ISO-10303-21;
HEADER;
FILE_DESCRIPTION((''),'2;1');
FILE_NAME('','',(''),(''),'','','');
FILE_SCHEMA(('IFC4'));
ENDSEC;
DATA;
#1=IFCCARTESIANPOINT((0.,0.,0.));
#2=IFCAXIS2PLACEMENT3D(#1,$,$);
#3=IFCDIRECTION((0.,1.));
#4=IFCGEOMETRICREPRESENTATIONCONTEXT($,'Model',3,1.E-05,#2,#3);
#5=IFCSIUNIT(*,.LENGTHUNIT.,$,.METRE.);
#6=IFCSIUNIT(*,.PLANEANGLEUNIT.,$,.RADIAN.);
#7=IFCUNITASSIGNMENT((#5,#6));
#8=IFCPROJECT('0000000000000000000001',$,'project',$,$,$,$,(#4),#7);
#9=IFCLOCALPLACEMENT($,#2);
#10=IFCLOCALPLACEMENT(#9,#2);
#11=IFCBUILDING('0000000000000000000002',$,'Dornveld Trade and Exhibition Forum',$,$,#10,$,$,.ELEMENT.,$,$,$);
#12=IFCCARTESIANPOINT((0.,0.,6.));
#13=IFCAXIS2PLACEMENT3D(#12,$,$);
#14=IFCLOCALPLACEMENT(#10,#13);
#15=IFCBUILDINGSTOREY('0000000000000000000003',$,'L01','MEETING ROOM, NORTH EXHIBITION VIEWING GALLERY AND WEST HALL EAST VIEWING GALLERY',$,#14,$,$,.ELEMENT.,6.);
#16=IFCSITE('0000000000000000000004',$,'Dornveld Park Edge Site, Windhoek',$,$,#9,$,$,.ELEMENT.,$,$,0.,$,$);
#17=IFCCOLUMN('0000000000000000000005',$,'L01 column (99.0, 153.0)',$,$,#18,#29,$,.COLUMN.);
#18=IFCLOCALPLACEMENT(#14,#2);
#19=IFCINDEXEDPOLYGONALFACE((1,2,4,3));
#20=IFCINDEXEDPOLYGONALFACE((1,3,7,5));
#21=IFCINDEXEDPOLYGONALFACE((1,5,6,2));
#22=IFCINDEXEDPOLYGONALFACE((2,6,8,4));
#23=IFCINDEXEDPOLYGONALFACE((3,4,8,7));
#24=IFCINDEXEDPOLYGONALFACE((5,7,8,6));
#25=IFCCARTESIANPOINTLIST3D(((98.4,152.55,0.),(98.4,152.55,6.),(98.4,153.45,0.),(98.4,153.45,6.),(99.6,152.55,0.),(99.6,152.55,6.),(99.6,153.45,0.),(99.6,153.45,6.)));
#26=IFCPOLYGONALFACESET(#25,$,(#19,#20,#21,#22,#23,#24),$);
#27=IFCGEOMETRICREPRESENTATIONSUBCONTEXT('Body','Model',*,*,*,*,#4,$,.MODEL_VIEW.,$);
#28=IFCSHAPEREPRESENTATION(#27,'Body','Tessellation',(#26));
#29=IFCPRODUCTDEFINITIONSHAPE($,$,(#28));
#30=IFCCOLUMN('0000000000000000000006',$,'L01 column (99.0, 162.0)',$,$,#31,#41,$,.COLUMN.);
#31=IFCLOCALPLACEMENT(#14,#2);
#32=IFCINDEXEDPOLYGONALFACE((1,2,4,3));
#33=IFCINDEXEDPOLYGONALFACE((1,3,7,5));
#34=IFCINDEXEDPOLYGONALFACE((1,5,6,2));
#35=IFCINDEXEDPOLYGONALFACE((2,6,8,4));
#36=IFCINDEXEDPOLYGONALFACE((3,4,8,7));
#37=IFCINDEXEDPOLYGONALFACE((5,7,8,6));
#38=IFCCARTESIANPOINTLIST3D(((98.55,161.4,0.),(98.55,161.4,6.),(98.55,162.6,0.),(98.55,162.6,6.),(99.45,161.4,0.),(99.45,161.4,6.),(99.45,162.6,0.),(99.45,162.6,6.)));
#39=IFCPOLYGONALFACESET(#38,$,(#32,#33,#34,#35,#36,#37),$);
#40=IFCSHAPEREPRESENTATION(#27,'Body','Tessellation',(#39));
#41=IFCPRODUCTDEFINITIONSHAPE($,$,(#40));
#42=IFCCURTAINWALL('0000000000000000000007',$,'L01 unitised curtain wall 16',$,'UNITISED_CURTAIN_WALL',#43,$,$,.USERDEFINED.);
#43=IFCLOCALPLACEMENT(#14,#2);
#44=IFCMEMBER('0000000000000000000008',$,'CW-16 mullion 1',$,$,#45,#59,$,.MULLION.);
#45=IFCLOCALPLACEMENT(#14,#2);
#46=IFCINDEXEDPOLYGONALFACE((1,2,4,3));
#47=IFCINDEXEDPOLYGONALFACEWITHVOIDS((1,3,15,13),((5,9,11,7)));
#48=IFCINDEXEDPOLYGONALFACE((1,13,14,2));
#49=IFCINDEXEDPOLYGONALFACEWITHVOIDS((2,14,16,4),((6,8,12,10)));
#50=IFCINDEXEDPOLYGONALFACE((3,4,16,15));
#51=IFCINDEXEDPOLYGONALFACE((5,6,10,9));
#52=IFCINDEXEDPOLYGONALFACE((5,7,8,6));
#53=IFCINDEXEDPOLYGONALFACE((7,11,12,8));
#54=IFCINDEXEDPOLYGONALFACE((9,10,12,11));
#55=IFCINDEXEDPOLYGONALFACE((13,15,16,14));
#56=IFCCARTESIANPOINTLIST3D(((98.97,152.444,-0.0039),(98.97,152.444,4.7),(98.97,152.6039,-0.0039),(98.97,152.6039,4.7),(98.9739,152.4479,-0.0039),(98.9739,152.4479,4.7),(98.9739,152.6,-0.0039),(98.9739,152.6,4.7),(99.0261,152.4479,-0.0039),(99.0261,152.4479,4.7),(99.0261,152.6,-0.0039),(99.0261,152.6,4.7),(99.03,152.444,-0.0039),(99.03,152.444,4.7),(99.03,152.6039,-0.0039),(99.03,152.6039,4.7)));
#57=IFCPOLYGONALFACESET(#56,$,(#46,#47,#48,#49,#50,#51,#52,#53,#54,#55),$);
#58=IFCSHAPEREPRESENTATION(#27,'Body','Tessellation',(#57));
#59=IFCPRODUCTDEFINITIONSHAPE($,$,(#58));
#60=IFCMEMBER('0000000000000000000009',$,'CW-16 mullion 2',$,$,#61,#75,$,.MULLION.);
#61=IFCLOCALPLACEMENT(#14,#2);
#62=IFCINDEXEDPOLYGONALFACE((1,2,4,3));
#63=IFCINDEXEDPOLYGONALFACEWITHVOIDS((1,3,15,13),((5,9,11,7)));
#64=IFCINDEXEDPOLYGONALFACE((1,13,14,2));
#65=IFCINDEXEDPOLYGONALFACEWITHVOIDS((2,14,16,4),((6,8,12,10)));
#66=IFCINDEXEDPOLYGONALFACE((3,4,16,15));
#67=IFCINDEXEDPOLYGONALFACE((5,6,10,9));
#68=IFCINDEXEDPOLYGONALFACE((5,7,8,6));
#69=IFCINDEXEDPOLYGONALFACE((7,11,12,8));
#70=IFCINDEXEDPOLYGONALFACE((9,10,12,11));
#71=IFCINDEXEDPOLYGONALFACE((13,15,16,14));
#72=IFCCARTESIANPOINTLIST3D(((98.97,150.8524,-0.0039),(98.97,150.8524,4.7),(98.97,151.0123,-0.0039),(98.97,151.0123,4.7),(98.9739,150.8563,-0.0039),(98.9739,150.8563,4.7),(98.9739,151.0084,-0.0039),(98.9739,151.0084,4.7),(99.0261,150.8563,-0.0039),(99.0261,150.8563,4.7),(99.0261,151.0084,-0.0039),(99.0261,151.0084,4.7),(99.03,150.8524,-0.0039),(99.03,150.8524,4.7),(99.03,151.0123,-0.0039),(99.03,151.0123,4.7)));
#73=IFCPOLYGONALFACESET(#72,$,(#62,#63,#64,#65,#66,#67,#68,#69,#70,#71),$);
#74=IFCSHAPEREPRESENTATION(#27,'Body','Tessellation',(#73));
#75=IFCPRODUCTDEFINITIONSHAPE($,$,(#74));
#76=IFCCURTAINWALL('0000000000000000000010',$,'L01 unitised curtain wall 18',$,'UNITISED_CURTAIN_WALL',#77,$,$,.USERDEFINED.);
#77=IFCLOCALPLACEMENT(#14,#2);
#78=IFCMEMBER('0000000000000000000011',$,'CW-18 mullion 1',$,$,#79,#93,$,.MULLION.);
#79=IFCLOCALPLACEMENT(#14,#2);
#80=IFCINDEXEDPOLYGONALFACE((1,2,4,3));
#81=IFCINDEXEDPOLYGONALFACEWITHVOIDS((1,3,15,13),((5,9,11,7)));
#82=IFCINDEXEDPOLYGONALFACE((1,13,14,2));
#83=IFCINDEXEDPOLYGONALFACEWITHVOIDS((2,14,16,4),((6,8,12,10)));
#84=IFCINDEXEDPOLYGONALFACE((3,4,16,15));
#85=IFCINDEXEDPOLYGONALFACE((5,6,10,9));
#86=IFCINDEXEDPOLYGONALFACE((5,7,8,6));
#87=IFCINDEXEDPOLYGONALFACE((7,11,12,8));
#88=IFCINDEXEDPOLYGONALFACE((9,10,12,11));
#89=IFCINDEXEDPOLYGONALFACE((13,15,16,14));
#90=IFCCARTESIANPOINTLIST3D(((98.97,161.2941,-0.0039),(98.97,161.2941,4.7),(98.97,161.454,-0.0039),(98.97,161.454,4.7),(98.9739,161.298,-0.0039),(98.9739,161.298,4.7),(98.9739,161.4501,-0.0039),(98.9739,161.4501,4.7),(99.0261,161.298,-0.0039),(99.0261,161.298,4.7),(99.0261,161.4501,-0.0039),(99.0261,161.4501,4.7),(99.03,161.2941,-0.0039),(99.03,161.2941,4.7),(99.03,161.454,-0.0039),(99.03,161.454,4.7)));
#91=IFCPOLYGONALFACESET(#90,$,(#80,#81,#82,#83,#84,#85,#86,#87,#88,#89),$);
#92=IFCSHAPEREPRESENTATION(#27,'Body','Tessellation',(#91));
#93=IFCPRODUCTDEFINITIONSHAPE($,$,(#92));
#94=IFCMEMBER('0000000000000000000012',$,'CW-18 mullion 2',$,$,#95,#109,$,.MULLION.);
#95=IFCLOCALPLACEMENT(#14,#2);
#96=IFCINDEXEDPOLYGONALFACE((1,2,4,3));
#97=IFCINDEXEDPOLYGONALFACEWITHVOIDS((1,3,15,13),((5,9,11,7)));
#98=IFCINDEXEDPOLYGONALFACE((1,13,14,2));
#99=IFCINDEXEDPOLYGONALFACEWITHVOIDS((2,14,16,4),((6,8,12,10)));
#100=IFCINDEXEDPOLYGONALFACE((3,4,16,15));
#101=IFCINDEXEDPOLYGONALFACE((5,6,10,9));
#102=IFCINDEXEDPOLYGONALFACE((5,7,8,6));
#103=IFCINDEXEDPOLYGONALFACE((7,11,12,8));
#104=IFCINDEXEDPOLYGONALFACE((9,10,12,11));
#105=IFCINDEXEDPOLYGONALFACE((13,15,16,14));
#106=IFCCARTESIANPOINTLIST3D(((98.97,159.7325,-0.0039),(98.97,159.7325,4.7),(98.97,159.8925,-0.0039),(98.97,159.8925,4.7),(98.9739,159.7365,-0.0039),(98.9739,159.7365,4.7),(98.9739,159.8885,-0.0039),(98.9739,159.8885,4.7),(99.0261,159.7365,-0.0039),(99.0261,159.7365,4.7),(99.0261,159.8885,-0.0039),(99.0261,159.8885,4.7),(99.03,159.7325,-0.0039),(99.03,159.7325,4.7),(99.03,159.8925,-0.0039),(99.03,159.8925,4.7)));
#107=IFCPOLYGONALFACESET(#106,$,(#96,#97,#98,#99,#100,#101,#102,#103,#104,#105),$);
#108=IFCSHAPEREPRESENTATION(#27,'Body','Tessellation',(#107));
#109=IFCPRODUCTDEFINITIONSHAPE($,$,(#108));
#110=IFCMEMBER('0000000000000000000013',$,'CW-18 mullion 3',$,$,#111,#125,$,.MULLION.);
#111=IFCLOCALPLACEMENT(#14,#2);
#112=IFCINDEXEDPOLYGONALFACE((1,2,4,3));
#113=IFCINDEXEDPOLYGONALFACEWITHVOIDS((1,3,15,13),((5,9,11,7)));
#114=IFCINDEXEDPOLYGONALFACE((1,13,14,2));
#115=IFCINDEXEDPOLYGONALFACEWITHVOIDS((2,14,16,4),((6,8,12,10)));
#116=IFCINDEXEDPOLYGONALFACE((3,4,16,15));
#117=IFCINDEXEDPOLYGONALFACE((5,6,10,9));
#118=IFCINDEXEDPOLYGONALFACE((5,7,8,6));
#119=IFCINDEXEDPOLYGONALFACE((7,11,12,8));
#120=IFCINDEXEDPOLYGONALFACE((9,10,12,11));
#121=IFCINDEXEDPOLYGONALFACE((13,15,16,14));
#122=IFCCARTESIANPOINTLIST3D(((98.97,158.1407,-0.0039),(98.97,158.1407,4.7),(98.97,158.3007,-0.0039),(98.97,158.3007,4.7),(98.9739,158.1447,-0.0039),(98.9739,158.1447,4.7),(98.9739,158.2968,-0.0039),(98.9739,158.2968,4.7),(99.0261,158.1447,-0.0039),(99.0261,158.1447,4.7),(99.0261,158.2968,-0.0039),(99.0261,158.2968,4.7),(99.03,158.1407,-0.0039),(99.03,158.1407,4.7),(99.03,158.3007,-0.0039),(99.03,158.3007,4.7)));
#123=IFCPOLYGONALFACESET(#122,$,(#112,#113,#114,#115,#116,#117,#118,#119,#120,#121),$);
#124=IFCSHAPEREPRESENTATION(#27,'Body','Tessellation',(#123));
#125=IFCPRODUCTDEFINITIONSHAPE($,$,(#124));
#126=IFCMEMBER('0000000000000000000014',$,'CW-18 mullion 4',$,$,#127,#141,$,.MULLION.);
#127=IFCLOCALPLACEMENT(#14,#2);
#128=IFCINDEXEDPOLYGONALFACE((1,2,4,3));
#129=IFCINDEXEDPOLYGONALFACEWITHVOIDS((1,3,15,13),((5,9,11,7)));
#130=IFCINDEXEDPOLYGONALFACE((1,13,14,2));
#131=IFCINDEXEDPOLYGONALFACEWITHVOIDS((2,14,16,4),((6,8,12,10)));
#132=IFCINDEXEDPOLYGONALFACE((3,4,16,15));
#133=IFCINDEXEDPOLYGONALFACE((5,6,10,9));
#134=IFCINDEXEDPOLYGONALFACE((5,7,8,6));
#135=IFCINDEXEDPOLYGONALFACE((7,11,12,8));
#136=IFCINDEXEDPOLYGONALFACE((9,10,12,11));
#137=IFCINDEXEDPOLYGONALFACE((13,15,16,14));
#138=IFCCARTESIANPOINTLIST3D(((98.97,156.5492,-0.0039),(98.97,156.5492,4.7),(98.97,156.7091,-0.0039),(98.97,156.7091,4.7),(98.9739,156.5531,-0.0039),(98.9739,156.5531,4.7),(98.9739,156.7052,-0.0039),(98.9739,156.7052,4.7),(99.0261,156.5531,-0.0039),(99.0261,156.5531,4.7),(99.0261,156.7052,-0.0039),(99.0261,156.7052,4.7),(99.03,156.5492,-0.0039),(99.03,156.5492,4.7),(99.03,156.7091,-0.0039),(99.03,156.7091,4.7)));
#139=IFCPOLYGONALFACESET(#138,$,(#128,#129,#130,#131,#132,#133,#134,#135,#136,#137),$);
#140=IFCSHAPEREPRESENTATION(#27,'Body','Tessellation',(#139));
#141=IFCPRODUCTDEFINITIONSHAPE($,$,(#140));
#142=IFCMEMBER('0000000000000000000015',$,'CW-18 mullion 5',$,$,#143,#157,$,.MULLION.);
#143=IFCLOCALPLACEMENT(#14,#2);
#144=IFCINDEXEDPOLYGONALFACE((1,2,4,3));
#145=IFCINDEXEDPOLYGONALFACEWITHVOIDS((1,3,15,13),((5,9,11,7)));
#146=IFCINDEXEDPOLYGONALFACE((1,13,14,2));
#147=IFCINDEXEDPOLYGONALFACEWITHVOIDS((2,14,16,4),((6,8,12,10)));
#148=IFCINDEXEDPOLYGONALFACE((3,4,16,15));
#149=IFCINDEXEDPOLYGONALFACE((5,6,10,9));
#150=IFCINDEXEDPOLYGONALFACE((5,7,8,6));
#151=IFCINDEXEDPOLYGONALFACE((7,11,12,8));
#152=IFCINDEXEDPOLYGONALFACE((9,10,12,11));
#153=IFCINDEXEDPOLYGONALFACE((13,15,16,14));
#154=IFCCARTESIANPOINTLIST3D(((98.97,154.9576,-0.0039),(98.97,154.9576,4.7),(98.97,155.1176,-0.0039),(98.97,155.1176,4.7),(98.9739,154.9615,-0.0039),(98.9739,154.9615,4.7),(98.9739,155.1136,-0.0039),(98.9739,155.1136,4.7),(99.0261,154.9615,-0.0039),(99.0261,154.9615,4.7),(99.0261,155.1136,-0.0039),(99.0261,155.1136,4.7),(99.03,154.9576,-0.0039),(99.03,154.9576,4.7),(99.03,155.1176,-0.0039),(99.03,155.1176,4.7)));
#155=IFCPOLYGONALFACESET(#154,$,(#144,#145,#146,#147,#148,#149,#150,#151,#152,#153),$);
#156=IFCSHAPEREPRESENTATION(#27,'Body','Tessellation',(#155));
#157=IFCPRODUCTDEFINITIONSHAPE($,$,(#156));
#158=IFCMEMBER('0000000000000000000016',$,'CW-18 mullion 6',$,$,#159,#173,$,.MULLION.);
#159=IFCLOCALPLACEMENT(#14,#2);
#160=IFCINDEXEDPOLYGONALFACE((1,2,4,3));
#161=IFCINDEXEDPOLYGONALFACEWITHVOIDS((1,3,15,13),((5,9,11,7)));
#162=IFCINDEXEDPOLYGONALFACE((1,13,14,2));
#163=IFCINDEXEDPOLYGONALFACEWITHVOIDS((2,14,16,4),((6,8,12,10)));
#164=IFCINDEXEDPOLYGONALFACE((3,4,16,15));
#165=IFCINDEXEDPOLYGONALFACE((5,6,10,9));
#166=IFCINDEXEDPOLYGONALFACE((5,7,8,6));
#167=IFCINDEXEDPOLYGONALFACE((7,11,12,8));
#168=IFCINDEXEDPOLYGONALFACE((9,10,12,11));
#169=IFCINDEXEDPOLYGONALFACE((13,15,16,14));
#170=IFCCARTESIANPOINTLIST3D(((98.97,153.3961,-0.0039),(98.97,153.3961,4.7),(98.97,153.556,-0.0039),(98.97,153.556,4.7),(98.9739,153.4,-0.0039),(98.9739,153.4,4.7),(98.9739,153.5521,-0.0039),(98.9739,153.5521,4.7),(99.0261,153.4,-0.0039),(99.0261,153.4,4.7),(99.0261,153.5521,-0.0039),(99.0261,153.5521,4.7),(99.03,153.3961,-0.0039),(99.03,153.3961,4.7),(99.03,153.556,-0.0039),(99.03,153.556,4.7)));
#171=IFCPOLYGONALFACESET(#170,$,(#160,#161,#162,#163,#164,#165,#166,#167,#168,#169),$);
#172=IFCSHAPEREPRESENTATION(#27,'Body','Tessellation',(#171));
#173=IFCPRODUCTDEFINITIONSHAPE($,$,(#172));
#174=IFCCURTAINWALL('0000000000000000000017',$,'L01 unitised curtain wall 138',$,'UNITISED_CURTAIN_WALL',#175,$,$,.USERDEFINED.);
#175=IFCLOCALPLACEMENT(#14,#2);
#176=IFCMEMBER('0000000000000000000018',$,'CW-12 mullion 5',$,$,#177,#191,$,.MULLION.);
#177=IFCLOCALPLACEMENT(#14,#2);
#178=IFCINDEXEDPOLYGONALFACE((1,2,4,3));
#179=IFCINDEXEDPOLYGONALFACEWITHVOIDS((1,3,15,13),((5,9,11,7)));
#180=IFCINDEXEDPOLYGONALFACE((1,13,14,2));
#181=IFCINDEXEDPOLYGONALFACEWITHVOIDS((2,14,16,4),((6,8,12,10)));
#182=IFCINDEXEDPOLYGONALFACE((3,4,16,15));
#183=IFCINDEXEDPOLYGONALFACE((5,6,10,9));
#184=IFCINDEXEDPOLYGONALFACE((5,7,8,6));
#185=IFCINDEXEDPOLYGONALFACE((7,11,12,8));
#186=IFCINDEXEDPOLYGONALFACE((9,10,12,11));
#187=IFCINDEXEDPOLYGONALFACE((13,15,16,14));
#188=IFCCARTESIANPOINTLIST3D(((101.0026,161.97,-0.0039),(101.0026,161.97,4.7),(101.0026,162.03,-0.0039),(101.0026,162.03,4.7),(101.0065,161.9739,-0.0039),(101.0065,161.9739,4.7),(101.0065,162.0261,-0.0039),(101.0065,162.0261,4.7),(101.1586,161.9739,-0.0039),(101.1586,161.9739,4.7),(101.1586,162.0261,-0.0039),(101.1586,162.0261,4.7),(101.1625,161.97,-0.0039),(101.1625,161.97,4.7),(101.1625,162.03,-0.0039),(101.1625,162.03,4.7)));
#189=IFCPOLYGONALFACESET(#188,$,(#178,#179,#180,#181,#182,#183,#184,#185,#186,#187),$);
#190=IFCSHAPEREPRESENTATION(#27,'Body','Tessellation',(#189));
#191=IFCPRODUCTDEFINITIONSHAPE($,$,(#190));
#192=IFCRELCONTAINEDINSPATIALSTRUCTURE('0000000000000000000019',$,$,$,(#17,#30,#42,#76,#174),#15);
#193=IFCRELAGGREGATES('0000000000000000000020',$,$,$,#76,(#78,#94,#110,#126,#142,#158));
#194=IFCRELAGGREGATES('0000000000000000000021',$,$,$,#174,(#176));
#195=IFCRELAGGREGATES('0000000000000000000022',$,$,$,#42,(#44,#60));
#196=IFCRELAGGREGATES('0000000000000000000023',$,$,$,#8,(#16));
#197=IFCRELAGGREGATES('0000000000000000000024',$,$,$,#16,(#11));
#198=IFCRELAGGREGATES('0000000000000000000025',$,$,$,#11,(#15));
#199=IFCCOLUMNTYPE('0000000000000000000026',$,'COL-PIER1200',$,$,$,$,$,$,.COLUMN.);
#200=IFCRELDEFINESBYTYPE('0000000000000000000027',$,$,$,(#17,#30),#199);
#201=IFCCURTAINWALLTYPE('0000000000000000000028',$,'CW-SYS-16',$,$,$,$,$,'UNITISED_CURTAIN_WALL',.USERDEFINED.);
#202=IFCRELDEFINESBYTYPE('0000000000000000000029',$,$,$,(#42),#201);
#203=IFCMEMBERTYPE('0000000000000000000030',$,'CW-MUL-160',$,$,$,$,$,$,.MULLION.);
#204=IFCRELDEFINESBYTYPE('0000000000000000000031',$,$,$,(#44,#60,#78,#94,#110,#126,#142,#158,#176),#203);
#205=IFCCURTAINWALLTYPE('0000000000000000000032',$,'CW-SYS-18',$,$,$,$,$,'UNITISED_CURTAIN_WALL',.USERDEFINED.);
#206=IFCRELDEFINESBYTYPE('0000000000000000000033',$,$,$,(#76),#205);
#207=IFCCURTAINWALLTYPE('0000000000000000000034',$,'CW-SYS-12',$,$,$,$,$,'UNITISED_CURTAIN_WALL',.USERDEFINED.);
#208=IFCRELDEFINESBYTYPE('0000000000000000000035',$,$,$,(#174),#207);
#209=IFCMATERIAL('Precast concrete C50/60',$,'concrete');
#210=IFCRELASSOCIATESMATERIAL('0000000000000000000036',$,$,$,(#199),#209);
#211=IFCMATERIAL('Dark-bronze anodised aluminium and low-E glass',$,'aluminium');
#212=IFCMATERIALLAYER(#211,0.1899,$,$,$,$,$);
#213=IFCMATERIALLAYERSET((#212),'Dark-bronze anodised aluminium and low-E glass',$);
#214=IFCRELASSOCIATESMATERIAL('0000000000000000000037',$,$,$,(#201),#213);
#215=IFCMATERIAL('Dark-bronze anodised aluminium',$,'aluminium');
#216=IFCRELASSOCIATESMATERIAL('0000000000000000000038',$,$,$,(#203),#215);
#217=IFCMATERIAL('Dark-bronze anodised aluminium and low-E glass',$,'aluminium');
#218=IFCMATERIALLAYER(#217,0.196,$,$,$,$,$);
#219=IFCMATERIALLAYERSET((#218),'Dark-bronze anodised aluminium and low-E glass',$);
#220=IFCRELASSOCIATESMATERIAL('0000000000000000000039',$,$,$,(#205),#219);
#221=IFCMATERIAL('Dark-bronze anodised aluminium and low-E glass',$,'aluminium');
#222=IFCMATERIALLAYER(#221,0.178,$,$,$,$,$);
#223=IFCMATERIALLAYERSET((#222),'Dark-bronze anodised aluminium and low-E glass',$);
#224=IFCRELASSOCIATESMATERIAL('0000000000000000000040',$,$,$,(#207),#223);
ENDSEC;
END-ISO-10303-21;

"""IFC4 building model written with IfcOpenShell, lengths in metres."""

from ifc_helpers import new_model, si_unit, direction, frame, origin, origin_2d, place, context, subcontext, project, spatial, rectangle, hollow_rectangle, extrude, material, layer, layer_set, material_profile, profile_set, type_object, element, aggregate, save


model = new_model("IFC4")

# Units and contexts
model_context = context("Model", 3, precision=1e-05, world=origin(), true_north=direction((0.0, 1.0)))
body_context = subcontext(model_context, "Body", "Model", "MODEL_VIEW")
ifc_project = project(units=[si_unit("LENGTHUNIT", "METRE"), si_unit("PLANEANGLEUNIT", "RADIAN")], contexts=[model_context])

# Site, building, storey
site_placement = place(None, origin())
site = spatial("IfcSite", under=ifc_project, at=site_placement, Name="Dornveld Park Edge Site, Windhoek", CompositionType="ELEMENT", RefElevation=0.0)
building_placement = place(site_placement, origin())
building = spatial("IfcBuilding", under=site, at=building_placement, Name="Dornveld Trade and Exhibition Forum", CompositionType="ELEMENT")
storey_placement = place(building_placement, frame((0.0, 0.0, 6.0)))
storey = spatial("IfcBuildingStorey", under=building, at=storey_placement, Name="L01", Description="MEETING ROOM, NORTH EXHIBITION VIEWING GALLERY AND WEST HALL EAST VIEWING GALLERY", CompositionType="ELEMENT", Elevation=6.0)

# Columns
ifc_material_1 = material(Name="Precast concrete C50/60", Category="concrete")
ifc_material_profile_1 = material_profile(ifc_material_1, rectangle(XDim=1.2, YDim=0.8999, at=origin_2d()), Name="PC-PIER 1200x900")
ifc_profile_set_1 = profile_set([ifc_material_profile_1], Name="Precast concrete C50/60")
column_type = type_object("IfcColumnType", Name="COL-PIER1200", PredefinedType="COLUMN", material=ifc_profile_set_1)
for number, where, z_axis, x_axis, name in (
    (1, (99.0, 153.0, 0.0), (0.0, 0.0, 1.0), (1.0, 0.0, 0.0), "L01 column (99.0, 153.0)"),
    (2, (99.0, 162.0, 0.0), (0.0, 0.0, 1.0), (0.0, 1.0, 0.0), "L01 column (99.0, 162.0)"),
):
    element("IfcColumn", number, at=place(storey_placement, frame(where, z_axis=z_axis, x_axis=x_axis)), inside=storey, type_object=column_type, Name=name, PredefinedType="COLUMN", context=body_context, shape_type="SweptSolid", body=[
        extrude(rectangle(XDim=1.2, YDim=0.8999, at=origin_2d()), origin(), (0.0, 0.0, 1.0), 6.0),
    ])

# Curtain walls, members
ifc_material_2 = material(Name="Dark-bronze anodised aluminium and low-E glass", Category="aluminium")
ifc_layer_1 = layer(ifc_material_2, 0.1899)
ifc_layer_set_1 = layer_set([ifc_layer_1], Name="Dark-bronze anodised aluminium and low-E glass")
curtain_wall_type_1 = type_object("IfcCurtainWallType", Name="CW-SYS-16", ElementType="UNITISED_CURTAIN_WALL", PredefinedType="USERDEFINED", material=ifc_layer_set_1)
curtain_wall_1_placement = place(storey_placement, origin())
curtain_wall_1 = element("IfcCurtainWall", 3, at=curtain_wall_1_placement, inside=storey, type_object=curtain_wall_type_1, Name="L01 unitised curtain wall 16", ObjectType="UNITISED_CURTAIN_WALL", PredefinedType="USERDEFINED")
ifc_material_3 = material(Name="Dark-bronze anodised aluminium", Category="aluminium")
ifc_material_profile_2 = material_profile(ifc_material_3, hollow_rectangle(XDim=0.0601, YDim=0.1599, WallThickness=0.0039, at=origin_2d()), Name="RHS 160x60x4")
ifc_profile_set_2 = profile_set([ifc_material_profile_2], Name="Dark-bronze anodised aluminium")
member_type_1 = type_object("IfcMemberType", Name="CW-MUL-160", PredefinedType="MULLION", material=ifc_profile_set_2)
member_1_placement = place(storey_placement, frame((99.0, 152.5239, -0.0039), z_axis=(0.0, 0.0, 1.0), x_axis=(1.0, 0.0, 0.0)))
member_1 = element("IfcMember", 4, at=member_1_placement, type_object=member_type_1, Name="CW-16 mullion 1", PredefinedType="MULLION", context=body_context, shape_type="SweptSolid", body=[
    extrude(hollow_rectangle(XDim=0.0601, YDim=0.1599, WallThickness=0.0039, at=origin_2d()), origin(), (0.0, 0.0, 1.0), 4.7039),
])
member_2_placement = place(storey_placement, frame((99.0, 150.9324, -0.0039), z_axis=(0.0, 0.0, 1.0), x_axis=(1.0, 0.0, 0.0)))
member_2 = element("IfcMember", 5, at=member_2_placement, type_object=member_type_1, Name="CW-16 mullion 2", PredefinedType="MULLION", context=body_context, shape_type="SweptSolid", body=[
    extrude(hollow_rectangle(XDim=0.0601, YDim=0.1599, WallThickness=0.0039, at=origin_2d()), origin(), (0.0, 0.0, 1.0), 4.7039),
])
ifc_material_4 = material(Name="Dark-bronze anodised aluminium and low-E glass", Category="aluminium")
ifc_layer_2 = layer(ifc_material_4, 0.196)
ifc_layer_set_2 = layer_set([ifc_layer_2], Name="Dark-bronze anodised aluminium and low-E glass")
curtain_wall_type_2 = type_object("IfcCurtainWallType", Name="CW-SYS-18", ElementType="UNITISED_CURTAIN_WALL", PredefinedType="USERDEFINED", material=ifc_layer_set_2)
curtain_wall_2_placement = place(storey_placement, origin())
curtain_wall_2 = element("IfcCurtainWall", 6, at=curtain_wall_2_placement, inside=storey, type_object=curtain_wall_type_2, Name="L01 unitised curtain wall 18", ObjectType="UNITISED_CURTAIN_WALL", PredefinedType="USERDEFINED")
member_3_placement = place(storey_placement, frame((99.0, 161.374, -0.0039), z_axis=(0.0, 0.0, 1.0), x_axis=(1.0, 0.0, 0.0)))
member_3 = element("IfcMember", 7, at=member_3_placement, type_object=member_type_1, Name="CW-18 mullion 1", PredefinedType="MULLION", context=body_context, shape_type="SweptSolid", body=[
    extrude(hollow_rectangle(XDim=0.0601, YDim=0.1599, WallThickness=0.0039, at=origin_2d()), origin(), (0.0, 0.0, 1.0), 4.7039),
])
member_4_placement = place(storey_placement, frame((99.0, 159.8125, -0.0039), z_axis=(0.0, 0.0, 1.0), x_axis=(1.0, 0.0, 0.0)))
member_4 = element("IfcMember", 8, at=member_4_placement, type_object=member_type_1, Name="CW-18 mullion 2", PredefinedType="MULLION", context=body_context, shape_type="SweptSolid", body=[
    extrude(hollow_rectangle(XDim=0.0601, YDim=0.1599, WallThickness=0.0039, at=origin_2d()), origin(), (0.0, 0.0, 1.0), 4.7039),
])
member_5_placement = place(storey_placement, frame((99.0, 158.2207, -0.0039), z_axis=(0.0, 0.0, 1.0), x_axis=(1.0, 0.0, 0.0)))
member_5 = element("IfcMember", 9, at=member_5_placement, type_object=member_type_1, Name="CW-18 mullion 3", PredefinedType="MULLION", context=body_context, shape_type="SweptSolid", body=[
    extrude(hollow_rectangle(XDim=0.0601, YDim=0.1599, WallThickness=0.0039, at=origin_2d()), origin(), (0.0, 0.0, 1.0), 4.7039),
])
member_6_placement = place(storey_placement, frame((99.0, 156.6292, -0.0039), z_axis=(0.0, 0.0, 1.0), x_axis=(1.0, 0.0, 0.0)))
member_6 = element("IfcMember", 10, at=member_6_placement, type_object=member_type_1, Name="CW-18 mullion 4", PredefinedType="MULLION", context=body_context, shape_type="SweptSolid", body=[
    extrude(hollow_rectangle(XDim=0.0601, YDim=0.1599, WallThickness=0.0039, at=origin_2d()), origin(), (0.0, 0.0, 1.0), 4.7039),
])
member_7_placement = place(storey_placement, frame((99.0, 155.0376, -0.0039), z_axis=(0.0, 0.0, 1.0), x_axis=(1.0, 0.0, 0.0)))
member_7 = element("IfcMember", 11, at=member_7_placement, type_object=member_type_1, Name="CW-18 mullion 5", PredefinedType="MULLION", context=body_context, shape_type="SweptSolid", body=[
    extrude(hollow_rectangle(XDim=0.0601, YDim=0.1599, WallThickness=0.0039, at=origin_2d()), origin(), (0.0, 0.0, 1.0), 4.7039),
])
member_8_placement = place(storey_placement, frame((99.0, 153.4761, -0.0039), z_axis=(0.0, 0.0, 1.0), x_axis=(1.0, 0.0, 0.0)))
member_8 = element("IfcMember", 12, at=member_8_placement, type_object=member_type_1, Name="CW-18 mullion 6", PredefinedType="MULLION", context=body_context, shape_type="SweptSolid", body=[
    extrude(hollow_rectangle(XDim=0.0601, YDim=0.1599, WallThickness=0.0039, at=origin_2d()), origin(), (0.0, 0.0, 1.0), 4.7039),
])
ifc_material_5 = material(Name="Dark-bronze anodised aluminium and low-E glass", Category="aluminium")
ifc_layer_3 = layer(ifc_material_5, 0.178)
ifc_layer_set_3 = layer_set([ifc_layer_3], Name="Dark-bronze anodised aluminium and low-E glass")
curtain_wall_type_3 = type_object("IfcCurtainWallType", Name="CW-SYS-12", ElementType="UNITISED_CURTAIN_WALL", PredefinedType="USERDEFINED", material=ifc_layer_set_3)
curtain_wall_3_placement = place(storey_placement, origin())
curtain_wall_3 = element("IfcCurtainWall", 13, at=curtain_wall_3_placement, inside=storey, type_object=curtain_wall_type_3, Name="L01 unitised curtain wall 138", ObjectType="UNITISED_CURTAIN_WALL", PredefinedType="USERDEFINED")
member_9_placement = place(storey_placement, frame((101.0825, 162.0, -0.0039), z_axis=(0.0, 0.0, 1.0), x_axis=(0.0, -1.0, 0.0)))
member_9 = element("IfcMember", 14, at=member_9_placement, type_object=member_type_1, Name="CW-12 mullion 5", PredefinedType="MULLION", context=body_context, shape_type="SweptSolid", body=[
    extrude(hollow_rectangle(XDim=0.0601, YDim=0.1599, WallThickness=0.0039, at=origin_2d()), origin(), (0.0, 0.0, 1.0), 4.7039),
])

aggregate(curtain_wall_2, [member_3, member_4, member_5, member_6, member_7, member_8])
aggregate(curtain_wall_3, [member_9])
aggregate(curtain_wall_1, [member_1, member_2])

save(model, "model.ifc")
